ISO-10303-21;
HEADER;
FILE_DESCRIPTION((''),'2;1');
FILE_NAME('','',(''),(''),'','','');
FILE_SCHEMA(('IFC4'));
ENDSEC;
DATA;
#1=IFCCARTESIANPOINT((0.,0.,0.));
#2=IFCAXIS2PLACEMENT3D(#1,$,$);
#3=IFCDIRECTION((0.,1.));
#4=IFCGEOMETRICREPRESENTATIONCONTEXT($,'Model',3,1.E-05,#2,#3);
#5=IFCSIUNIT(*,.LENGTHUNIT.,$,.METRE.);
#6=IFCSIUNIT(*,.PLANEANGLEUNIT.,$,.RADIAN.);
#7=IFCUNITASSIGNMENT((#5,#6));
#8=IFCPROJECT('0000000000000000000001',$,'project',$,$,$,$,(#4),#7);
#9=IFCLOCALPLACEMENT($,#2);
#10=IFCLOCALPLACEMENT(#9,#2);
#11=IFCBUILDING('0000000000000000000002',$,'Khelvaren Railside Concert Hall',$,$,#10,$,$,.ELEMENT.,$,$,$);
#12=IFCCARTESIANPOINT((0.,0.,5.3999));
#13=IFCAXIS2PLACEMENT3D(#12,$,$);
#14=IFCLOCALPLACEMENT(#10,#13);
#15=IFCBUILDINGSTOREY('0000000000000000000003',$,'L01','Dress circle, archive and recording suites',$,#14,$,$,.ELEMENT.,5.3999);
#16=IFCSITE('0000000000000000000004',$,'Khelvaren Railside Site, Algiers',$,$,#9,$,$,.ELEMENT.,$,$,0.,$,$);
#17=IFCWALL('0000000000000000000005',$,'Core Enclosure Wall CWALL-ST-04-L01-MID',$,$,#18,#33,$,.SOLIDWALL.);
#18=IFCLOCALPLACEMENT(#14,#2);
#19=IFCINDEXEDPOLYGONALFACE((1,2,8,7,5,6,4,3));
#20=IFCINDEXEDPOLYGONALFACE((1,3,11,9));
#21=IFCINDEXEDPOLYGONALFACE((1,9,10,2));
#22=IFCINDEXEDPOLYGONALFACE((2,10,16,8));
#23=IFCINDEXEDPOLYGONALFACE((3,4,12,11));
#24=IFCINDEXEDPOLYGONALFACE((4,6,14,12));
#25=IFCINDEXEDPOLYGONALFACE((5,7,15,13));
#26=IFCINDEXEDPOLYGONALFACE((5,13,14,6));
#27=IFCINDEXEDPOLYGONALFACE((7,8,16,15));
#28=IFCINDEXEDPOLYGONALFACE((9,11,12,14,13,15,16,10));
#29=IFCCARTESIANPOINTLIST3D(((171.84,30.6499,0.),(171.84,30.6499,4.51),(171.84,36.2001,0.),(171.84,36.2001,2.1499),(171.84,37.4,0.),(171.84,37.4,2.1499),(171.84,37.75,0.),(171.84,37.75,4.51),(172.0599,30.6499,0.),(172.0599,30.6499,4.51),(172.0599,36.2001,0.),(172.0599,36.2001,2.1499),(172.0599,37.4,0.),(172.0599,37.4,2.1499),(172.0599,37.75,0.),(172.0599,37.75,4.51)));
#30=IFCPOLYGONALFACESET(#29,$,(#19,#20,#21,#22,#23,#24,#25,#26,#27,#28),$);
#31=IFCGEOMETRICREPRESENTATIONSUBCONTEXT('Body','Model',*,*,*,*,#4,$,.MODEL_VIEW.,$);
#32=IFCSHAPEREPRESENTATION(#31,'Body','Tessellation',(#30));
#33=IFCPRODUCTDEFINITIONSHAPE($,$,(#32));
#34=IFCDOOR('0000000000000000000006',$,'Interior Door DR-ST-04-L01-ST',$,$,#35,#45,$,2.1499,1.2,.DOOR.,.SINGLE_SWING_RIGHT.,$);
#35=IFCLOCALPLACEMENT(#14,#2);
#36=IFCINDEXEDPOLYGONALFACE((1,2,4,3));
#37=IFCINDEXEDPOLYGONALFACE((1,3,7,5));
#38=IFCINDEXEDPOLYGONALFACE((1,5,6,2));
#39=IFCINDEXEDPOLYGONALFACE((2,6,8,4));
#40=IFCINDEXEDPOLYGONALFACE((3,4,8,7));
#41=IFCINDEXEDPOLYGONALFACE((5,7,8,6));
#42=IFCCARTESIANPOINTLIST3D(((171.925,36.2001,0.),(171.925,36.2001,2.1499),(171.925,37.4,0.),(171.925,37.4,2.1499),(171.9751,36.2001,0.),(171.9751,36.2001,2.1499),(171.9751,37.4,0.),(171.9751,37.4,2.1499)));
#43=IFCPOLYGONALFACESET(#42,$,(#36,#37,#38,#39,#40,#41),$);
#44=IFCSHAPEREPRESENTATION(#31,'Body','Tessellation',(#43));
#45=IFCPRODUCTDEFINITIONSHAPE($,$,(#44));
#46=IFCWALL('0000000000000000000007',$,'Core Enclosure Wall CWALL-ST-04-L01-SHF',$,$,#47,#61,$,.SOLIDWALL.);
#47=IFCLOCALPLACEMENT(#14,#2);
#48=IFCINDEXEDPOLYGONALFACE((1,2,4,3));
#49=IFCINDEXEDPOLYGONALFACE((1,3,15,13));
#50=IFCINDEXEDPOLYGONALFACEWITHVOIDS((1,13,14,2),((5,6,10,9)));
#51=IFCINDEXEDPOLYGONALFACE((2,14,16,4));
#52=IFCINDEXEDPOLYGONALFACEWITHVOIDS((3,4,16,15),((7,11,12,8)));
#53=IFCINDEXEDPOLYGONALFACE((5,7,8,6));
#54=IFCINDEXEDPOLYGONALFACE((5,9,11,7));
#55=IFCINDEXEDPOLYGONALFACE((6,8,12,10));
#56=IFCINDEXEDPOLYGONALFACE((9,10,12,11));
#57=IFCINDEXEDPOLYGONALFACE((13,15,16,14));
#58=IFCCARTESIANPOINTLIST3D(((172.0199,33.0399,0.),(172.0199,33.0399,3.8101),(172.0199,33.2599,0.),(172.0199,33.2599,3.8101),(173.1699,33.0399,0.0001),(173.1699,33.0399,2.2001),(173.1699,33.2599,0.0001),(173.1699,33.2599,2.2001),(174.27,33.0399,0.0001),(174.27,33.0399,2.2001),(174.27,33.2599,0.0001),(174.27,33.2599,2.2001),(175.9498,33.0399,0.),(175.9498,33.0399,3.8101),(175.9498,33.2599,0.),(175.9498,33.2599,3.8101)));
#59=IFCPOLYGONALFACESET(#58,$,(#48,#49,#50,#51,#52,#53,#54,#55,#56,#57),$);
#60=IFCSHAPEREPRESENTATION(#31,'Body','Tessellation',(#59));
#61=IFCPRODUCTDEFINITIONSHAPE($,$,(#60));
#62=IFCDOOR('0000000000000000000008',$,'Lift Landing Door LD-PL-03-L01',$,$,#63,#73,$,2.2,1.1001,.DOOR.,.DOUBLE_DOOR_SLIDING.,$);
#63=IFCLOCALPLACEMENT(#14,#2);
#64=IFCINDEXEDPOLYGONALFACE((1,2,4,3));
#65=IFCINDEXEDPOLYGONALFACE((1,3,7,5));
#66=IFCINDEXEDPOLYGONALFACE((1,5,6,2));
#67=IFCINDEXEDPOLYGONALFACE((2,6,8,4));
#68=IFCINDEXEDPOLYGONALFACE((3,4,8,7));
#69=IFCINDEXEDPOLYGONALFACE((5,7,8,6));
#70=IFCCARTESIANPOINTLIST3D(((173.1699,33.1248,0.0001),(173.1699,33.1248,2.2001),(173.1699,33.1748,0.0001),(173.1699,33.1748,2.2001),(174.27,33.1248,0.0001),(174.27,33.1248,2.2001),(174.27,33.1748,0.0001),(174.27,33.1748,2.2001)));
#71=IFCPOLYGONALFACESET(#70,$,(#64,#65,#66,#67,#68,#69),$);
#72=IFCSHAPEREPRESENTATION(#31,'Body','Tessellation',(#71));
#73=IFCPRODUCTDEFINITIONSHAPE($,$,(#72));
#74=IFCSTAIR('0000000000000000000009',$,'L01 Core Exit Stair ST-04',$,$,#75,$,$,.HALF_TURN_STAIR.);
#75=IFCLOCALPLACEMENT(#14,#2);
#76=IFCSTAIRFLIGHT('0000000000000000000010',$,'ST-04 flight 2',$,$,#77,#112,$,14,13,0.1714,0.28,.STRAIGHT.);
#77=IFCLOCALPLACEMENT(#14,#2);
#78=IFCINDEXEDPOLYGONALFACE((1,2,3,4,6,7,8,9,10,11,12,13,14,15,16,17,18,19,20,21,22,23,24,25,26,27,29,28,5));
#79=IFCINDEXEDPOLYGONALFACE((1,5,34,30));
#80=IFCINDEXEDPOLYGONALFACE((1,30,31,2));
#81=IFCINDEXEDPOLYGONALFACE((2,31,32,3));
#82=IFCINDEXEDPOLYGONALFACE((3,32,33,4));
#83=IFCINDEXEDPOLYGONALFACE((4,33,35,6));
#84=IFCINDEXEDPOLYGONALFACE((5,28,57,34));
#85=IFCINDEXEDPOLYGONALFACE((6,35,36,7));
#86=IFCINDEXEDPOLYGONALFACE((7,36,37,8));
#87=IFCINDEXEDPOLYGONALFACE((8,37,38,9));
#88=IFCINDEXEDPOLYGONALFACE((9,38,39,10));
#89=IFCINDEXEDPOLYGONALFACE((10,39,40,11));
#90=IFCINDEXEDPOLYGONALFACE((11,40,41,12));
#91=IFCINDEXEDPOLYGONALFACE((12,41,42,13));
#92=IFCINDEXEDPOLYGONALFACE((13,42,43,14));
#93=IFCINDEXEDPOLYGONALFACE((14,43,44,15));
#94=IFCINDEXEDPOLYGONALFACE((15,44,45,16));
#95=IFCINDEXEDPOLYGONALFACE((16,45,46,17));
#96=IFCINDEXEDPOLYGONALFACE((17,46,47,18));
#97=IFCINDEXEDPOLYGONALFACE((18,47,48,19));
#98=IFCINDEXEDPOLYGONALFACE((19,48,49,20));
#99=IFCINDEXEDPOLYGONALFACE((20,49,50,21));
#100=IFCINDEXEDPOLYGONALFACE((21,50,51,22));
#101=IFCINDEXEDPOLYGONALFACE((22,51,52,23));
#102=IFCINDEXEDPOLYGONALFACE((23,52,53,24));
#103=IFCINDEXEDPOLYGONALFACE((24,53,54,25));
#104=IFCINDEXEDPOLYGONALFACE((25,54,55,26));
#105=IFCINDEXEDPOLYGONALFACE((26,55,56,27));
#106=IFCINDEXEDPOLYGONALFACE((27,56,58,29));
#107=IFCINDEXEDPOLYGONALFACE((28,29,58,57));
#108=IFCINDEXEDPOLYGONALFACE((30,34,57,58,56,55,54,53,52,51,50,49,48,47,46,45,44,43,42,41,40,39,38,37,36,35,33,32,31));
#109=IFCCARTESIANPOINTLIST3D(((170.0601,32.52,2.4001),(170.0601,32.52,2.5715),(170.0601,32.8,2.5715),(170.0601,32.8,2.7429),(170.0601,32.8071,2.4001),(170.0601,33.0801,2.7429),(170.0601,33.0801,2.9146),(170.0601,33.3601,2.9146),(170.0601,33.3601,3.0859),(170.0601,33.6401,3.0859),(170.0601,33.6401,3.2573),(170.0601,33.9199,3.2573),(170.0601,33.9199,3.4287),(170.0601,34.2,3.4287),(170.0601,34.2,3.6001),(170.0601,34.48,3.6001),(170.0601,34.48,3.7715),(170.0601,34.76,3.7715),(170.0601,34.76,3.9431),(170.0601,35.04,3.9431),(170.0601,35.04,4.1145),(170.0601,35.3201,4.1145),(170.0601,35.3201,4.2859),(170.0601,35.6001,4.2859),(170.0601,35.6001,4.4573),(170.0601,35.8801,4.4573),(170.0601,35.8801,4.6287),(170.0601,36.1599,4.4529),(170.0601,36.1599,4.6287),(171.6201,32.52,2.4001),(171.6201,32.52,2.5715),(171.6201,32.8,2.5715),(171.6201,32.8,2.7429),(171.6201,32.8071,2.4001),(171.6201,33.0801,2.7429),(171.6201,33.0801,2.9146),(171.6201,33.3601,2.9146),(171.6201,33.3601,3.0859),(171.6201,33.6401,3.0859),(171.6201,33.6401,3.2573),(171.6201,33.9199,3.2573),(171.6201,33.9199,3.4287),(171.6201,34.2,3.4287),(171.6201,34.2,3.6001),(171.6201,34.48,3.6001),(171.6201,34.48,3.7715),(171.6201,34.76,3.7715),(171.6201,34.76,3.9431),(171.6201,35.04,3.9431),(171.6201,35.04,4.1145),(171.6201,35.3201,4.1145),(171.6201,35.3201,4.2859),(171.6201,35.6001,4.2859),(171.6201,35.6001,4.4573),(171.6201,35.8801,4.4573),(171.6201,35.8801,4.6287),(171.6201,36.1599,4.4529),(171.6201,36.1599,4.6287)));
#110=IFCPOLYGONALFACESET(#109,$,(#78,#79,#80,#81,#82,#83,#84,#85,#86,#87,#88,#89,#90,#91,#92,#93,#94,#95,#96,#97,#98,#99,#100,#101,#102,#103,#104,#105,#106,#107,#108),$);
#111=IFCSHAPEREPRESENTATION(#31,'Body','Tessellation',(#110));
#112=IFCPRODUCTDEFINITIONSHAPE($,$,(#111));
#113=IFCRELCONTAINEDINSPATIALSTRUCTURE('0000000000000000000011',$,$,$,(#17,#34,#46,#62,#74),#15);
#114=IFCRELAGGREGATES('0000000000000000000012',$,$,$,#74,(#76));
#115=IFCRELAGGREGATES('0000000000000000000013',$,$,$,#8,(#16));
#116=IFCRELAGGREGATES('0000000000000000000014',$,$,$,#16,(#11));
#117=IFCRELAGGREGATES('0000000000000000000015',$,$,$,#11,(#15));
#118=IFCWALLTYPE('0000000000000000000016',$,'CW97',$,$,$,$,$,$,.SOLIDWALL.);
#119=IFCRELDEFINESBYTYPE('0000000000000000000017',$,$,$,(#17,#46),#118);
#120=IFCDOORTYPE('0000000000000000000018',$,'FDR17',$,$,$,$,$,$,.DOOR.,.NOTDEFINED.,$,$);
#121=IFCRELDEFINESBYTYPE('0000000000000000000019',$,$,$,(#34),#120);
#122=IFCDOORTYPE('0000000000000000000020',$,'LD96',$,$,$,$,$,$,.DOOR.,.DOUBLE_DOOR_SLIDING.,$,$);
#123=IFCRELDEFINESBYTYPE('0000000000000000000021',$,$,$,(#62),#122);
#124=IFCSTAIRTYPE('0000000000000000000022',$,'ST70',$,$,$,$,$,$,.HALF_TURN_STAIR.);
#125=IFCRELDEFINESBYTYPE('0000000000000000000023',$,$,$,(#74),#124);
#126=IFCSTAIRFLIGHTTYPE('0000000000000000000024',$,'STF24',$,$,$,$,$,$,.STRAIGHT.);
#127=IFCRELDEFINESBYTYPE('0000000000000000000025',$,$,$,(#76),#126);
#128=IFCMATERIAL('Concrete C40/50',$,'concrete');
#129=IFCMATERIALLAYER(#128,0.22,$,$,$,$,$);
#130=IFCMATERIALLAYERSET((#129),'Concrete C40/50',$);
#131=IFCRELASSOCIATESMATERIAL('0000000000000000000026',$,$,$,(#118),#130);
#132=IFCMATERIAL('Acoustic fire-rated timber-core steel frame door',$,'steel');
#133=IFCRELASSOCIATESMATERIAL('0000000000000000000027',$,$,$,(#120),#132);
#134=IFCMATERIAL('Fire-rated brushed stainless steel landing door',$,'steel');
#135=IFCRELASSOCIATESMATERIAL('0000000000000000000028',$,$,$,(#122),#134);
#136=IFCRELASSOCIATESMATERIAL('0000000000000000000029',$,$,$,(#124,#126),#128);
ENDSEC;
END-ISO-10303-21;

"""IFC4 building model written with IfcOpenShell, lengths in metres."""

from ifc_helpers import new_model, si_unit, direction, frame, frame_2d, origin, place, context, subcontext, project, spatial, polyline, rectangle, outline, extrude, material, layer, layer_set, type_object, element, fill, aggregate, save


model = new_model("IFC4")

# Units and contexts
model_context = context("Model", 3, precision=1e-05, world=origin(), true_north=direction((0.0, 1.0)))
body_context = subcontext(model_context, "Body", "Model", "MODEL_VIEW")
ifc_project = project(units=[si_unit("LENGTHUNIT", "METRE"), si_unit("PLANEANGLEUNIT", "RADIAN")], contexts=[model_context])

# Site, building, storey
site_placement = place(None, origin())
site = spatial("IfcSite", under=ifc_project, at=site_placement, Name="Khelvaren Railside Site, Algiers", CompositionType="ELEMENT", RefElevation=0.0)
building_placement = place(site_placement, origin())
building = spatial("IfcBuilding", under=site, at=building_placement, Name="Khelvaren Railside Concert Hall", CompositionType="ELEMENT")
storey_placement = place(building_placement, frame((0.0, 0.0, 5.3999)))
storey = spatial("IfcBuildingStorey", under=building, at=storey_placement, Name="L01", Description="Dress circle, archive and recording suites", CompositionType="ELEMENT", Elevation=5.3999)

# Walls, openings, doors
ifc_material_1 = material(Name="Concrete C40/50", Category="concrete")
ifc_material_2 = material(Name="Acoustic fire-rated timber-core steel frame door", Category="steel")
ifc_layer_1 = layer(ifc_material_1, 0.22)
ifc_layer_set_1 = layer_set([ifc_layer_1], Name="Concrete C40/50")
wall_type_1 = type_object("IfcWallType", Name="CW97", PredefinedType="SOLIDWALL", material=ifc_layer_set_1)
wall_1_placement = place(storey_placement, frame((171.95, 30.6499, 0.0), z_axis=(0.0, 0.0, 1.0), x_axis=(0.0, 1.0, 0.0)))
wall_1 = element("IfcWall", 1, at=wall_1_placement, inside=storey, type_object=wall_type_1, Name="Core Enclosure Wall CWALL-ST-04-L01-MID", PredefinedType="SOLIDWALL", context=body_context, shape_type="SweptSolid", body=[
    extrude(rectangle(XDim=7.1001, YDim=0.22, at=frame_2d((3.55, 0.0))), origin(), (0.0, 0.0, 1.0), 4.51),
])
opening_1_placement = place(wall_1_placement, frame((5.55, 0.0, 0.0)))
opening_1 = element("IfcOpeningElement", 2, at=opening_1_placement, cuts=wall_1, PredefinedType="OPENING", context=body_context, shape_type="SweptSolid", body=[
    extrude(rectangle(XDim=1.2, YDim=2.1499, at=frame_2d((0.6001, 1.075))), frame((0.0, 0.1199, 0.0), z_axis=(0.0, -1.0, 0.0), x_axis=(1.0, 0.0, 0.0)), (0.0, 0.0, 1.0), 0.24),
])
door_type_1 = type_object("IfcDoorType", Name="FDR17", OperationType="NOTDEFINED", PredefinedType="DOOR", material=ifc_material_2)
door_1_placement = place(opening_1_placement, origin())
door_1 = element("IfcDoor", 3, at=door_1_placement, inside=storey, type_object=door_type_1, Name="Interior Door DR-ST-04-L01-ST", OperationType="SINGLE_SWING_RIGHT", OverallHeight=2.1499, OverallWidth=1.2, PredefinedType="DOOR", context=body_context, shape_type="SweptSolid", body=[
    extrude(rectangle(XDim=1.2, YDim=2.1499, at=frame_2d((0.6001, 1.075))), frame((0.0, 0.0249, 0.0), z_axis=(0.0, -1.0, 0.0), x_axis=(1.0, 0.0, 0.0)), (0.0, 0.0, 1.0), 0.05),
])
fill(opening_1, door_1)
wall_2_placement = place(storey_placement, frame((172.02, 33.1499, 0.0), z_axis=(0.0, 0.0, 1.0), x_axis=(1.0, 0.0, 0.0)))
wall_2 = element("IfcWall", 4, at=wall_2_placement, inside=storey, type_object=wall_type_1, Name="Core Enclosure Wall CWALL-ST-04-L01-SHF", PredefinedType="SOLIDWALL", context=body_context, shape_type="SweptSolid", body=[
    extrude(rectangle(XDim=3.9299, YDim=0.22, at=frame_2d((1.9648, 0.0))), origin(), (0.0, 0.0, 1.0), 3.8101),
])
opening_2_placement = place(wall_2_placement, frame((1.1499, 0.0, 0.0)))
opening_2 = element("IfcOpeningElement", 5, at=opening_2_placement, cuts=wall_2, PredefinedType="OPENING", context=body_context, shape_type="SweptSolid", body=[
    extrude(rectangle(XDim=1.1001, YDim=2.2, at=frame_2d((0.55, 1.1001))), frame((0.0, 0.1199, 0.0), z_axis=(0.0, -1.0, 0.0), x_axis=(1.0, 0.0, 0.0)), (0.0, 0.0, 1.0), 0.24),
])
ifc_material_3 = material(Name="Fire-rated brushed stainless steel landing door", Category="steel")
door_type_2 = type_object("IfcDoorType", Name="LD96", OperationType="DOUBLE_DOOR_SLIDING", PredefinedType="DOOR", material=ifc_material_3)
door_2_placement = place(opening_2_placement, origin())
door_2 = element("IfcDoor", 6, at=door_2_placement, inside=storey, type_object=door_type_2, Name="Lift Landing Door LD-PL-03-L01", OperationType="DOUBLE_DOOR_SLIDING", OverallHeight=2.2, OverallWidth=1.1001, PredefinedType="DOOR", context=body_context, shape_type="SweptSolid", body=[
    extrude(rectangle(XDim=1.1001, YDim=2.2, at=frame_2d((0.55, 1.1001))), frame((0.0, 0.0249, 0.0), z_axis=(0.0, -1.0, 0.0), x_axis=(1.0, 0.0, 0.0)), (0.0, 0.0, 1.0), 0.05),
])
fill(opening_2, door_2)

# Stair, stair flight
stair_type = type_object("IfcStairType", Name="ST70", PredefinedType="HALF_TURN_STAIR", material=ifc_material_1)
stair_placement = place(storey_placement, origin())
stair = element("IfcStair", 7, at=stair_placement, inside=storey, type_object=stair_type, Name="L01 Core Exit Stair ST-04", PredefinedType="HALF_TURN_STAIR")
stair_flight_type = type_object("IfcStairFlightType", Name="STF24", PredefinedType="STRAIGHT", material=ifc_material_1)
stair_flight_placement = place(storey_placement, frame((170.8401, 32.52, 2.4001), z_axis=(0.0, 0.0, 1.0), x_axis=(0.0, 1.0, 0.0)))
stair_flight = element("IfcStairFlight", 8, at=stair_flight_placement, type_object=stair_flight_type, Name="ST-04 flight 2", NumberOfRisers=14, NumberOfTreads=13, PredefinedType="STRAIGHT", RiserHeight=0.1714, TreadLength=0.28, context=body_context, shape_type="SweptSolid", body=[
    extrude(outline(polyline([(0.0, 0.0), (0.0, 0.1714), (0.28, 0.1714), (0.28, 0.3428), (0.5601, 0.3428), (0.5601, 0.5144), (0.8401, 0.5144), (0.8401, 0.6858), (1.1201, 0.6858), (1.1201, 0.8572), (1.3999, 0.8572), (1.3999, 1.0286), (1.6799, 1.0286), (1.6799, 1.2), (1.96, 1.2), (1.96, 1.3713), (2.24, 1.3713), (2.24, 1.543), (2.52, 1.543), (2.52, 1.7144), (2.8, 1.7144), (2.8, 1.8857), (3.0801, 1.8857), (3.0801, 2.0571), (3.3601, 2.0571), (3.3601, 2.2285), (3.6399, 2.2285), (3.6399, 2.3999), (3.6399, 2.0527), (0.2871, 0.0), (0.0, 0.0)])), frame((0.0, 0.78, 0.0), z_axis=(0.0, -1.0, 0.0), x_axis=(1.0, 0.0, 0.0)), (0.0, 0.0, 1.0), 1.5601),
])
aggregate(stair, [stair_flight])

save(model, "model.ifc")
